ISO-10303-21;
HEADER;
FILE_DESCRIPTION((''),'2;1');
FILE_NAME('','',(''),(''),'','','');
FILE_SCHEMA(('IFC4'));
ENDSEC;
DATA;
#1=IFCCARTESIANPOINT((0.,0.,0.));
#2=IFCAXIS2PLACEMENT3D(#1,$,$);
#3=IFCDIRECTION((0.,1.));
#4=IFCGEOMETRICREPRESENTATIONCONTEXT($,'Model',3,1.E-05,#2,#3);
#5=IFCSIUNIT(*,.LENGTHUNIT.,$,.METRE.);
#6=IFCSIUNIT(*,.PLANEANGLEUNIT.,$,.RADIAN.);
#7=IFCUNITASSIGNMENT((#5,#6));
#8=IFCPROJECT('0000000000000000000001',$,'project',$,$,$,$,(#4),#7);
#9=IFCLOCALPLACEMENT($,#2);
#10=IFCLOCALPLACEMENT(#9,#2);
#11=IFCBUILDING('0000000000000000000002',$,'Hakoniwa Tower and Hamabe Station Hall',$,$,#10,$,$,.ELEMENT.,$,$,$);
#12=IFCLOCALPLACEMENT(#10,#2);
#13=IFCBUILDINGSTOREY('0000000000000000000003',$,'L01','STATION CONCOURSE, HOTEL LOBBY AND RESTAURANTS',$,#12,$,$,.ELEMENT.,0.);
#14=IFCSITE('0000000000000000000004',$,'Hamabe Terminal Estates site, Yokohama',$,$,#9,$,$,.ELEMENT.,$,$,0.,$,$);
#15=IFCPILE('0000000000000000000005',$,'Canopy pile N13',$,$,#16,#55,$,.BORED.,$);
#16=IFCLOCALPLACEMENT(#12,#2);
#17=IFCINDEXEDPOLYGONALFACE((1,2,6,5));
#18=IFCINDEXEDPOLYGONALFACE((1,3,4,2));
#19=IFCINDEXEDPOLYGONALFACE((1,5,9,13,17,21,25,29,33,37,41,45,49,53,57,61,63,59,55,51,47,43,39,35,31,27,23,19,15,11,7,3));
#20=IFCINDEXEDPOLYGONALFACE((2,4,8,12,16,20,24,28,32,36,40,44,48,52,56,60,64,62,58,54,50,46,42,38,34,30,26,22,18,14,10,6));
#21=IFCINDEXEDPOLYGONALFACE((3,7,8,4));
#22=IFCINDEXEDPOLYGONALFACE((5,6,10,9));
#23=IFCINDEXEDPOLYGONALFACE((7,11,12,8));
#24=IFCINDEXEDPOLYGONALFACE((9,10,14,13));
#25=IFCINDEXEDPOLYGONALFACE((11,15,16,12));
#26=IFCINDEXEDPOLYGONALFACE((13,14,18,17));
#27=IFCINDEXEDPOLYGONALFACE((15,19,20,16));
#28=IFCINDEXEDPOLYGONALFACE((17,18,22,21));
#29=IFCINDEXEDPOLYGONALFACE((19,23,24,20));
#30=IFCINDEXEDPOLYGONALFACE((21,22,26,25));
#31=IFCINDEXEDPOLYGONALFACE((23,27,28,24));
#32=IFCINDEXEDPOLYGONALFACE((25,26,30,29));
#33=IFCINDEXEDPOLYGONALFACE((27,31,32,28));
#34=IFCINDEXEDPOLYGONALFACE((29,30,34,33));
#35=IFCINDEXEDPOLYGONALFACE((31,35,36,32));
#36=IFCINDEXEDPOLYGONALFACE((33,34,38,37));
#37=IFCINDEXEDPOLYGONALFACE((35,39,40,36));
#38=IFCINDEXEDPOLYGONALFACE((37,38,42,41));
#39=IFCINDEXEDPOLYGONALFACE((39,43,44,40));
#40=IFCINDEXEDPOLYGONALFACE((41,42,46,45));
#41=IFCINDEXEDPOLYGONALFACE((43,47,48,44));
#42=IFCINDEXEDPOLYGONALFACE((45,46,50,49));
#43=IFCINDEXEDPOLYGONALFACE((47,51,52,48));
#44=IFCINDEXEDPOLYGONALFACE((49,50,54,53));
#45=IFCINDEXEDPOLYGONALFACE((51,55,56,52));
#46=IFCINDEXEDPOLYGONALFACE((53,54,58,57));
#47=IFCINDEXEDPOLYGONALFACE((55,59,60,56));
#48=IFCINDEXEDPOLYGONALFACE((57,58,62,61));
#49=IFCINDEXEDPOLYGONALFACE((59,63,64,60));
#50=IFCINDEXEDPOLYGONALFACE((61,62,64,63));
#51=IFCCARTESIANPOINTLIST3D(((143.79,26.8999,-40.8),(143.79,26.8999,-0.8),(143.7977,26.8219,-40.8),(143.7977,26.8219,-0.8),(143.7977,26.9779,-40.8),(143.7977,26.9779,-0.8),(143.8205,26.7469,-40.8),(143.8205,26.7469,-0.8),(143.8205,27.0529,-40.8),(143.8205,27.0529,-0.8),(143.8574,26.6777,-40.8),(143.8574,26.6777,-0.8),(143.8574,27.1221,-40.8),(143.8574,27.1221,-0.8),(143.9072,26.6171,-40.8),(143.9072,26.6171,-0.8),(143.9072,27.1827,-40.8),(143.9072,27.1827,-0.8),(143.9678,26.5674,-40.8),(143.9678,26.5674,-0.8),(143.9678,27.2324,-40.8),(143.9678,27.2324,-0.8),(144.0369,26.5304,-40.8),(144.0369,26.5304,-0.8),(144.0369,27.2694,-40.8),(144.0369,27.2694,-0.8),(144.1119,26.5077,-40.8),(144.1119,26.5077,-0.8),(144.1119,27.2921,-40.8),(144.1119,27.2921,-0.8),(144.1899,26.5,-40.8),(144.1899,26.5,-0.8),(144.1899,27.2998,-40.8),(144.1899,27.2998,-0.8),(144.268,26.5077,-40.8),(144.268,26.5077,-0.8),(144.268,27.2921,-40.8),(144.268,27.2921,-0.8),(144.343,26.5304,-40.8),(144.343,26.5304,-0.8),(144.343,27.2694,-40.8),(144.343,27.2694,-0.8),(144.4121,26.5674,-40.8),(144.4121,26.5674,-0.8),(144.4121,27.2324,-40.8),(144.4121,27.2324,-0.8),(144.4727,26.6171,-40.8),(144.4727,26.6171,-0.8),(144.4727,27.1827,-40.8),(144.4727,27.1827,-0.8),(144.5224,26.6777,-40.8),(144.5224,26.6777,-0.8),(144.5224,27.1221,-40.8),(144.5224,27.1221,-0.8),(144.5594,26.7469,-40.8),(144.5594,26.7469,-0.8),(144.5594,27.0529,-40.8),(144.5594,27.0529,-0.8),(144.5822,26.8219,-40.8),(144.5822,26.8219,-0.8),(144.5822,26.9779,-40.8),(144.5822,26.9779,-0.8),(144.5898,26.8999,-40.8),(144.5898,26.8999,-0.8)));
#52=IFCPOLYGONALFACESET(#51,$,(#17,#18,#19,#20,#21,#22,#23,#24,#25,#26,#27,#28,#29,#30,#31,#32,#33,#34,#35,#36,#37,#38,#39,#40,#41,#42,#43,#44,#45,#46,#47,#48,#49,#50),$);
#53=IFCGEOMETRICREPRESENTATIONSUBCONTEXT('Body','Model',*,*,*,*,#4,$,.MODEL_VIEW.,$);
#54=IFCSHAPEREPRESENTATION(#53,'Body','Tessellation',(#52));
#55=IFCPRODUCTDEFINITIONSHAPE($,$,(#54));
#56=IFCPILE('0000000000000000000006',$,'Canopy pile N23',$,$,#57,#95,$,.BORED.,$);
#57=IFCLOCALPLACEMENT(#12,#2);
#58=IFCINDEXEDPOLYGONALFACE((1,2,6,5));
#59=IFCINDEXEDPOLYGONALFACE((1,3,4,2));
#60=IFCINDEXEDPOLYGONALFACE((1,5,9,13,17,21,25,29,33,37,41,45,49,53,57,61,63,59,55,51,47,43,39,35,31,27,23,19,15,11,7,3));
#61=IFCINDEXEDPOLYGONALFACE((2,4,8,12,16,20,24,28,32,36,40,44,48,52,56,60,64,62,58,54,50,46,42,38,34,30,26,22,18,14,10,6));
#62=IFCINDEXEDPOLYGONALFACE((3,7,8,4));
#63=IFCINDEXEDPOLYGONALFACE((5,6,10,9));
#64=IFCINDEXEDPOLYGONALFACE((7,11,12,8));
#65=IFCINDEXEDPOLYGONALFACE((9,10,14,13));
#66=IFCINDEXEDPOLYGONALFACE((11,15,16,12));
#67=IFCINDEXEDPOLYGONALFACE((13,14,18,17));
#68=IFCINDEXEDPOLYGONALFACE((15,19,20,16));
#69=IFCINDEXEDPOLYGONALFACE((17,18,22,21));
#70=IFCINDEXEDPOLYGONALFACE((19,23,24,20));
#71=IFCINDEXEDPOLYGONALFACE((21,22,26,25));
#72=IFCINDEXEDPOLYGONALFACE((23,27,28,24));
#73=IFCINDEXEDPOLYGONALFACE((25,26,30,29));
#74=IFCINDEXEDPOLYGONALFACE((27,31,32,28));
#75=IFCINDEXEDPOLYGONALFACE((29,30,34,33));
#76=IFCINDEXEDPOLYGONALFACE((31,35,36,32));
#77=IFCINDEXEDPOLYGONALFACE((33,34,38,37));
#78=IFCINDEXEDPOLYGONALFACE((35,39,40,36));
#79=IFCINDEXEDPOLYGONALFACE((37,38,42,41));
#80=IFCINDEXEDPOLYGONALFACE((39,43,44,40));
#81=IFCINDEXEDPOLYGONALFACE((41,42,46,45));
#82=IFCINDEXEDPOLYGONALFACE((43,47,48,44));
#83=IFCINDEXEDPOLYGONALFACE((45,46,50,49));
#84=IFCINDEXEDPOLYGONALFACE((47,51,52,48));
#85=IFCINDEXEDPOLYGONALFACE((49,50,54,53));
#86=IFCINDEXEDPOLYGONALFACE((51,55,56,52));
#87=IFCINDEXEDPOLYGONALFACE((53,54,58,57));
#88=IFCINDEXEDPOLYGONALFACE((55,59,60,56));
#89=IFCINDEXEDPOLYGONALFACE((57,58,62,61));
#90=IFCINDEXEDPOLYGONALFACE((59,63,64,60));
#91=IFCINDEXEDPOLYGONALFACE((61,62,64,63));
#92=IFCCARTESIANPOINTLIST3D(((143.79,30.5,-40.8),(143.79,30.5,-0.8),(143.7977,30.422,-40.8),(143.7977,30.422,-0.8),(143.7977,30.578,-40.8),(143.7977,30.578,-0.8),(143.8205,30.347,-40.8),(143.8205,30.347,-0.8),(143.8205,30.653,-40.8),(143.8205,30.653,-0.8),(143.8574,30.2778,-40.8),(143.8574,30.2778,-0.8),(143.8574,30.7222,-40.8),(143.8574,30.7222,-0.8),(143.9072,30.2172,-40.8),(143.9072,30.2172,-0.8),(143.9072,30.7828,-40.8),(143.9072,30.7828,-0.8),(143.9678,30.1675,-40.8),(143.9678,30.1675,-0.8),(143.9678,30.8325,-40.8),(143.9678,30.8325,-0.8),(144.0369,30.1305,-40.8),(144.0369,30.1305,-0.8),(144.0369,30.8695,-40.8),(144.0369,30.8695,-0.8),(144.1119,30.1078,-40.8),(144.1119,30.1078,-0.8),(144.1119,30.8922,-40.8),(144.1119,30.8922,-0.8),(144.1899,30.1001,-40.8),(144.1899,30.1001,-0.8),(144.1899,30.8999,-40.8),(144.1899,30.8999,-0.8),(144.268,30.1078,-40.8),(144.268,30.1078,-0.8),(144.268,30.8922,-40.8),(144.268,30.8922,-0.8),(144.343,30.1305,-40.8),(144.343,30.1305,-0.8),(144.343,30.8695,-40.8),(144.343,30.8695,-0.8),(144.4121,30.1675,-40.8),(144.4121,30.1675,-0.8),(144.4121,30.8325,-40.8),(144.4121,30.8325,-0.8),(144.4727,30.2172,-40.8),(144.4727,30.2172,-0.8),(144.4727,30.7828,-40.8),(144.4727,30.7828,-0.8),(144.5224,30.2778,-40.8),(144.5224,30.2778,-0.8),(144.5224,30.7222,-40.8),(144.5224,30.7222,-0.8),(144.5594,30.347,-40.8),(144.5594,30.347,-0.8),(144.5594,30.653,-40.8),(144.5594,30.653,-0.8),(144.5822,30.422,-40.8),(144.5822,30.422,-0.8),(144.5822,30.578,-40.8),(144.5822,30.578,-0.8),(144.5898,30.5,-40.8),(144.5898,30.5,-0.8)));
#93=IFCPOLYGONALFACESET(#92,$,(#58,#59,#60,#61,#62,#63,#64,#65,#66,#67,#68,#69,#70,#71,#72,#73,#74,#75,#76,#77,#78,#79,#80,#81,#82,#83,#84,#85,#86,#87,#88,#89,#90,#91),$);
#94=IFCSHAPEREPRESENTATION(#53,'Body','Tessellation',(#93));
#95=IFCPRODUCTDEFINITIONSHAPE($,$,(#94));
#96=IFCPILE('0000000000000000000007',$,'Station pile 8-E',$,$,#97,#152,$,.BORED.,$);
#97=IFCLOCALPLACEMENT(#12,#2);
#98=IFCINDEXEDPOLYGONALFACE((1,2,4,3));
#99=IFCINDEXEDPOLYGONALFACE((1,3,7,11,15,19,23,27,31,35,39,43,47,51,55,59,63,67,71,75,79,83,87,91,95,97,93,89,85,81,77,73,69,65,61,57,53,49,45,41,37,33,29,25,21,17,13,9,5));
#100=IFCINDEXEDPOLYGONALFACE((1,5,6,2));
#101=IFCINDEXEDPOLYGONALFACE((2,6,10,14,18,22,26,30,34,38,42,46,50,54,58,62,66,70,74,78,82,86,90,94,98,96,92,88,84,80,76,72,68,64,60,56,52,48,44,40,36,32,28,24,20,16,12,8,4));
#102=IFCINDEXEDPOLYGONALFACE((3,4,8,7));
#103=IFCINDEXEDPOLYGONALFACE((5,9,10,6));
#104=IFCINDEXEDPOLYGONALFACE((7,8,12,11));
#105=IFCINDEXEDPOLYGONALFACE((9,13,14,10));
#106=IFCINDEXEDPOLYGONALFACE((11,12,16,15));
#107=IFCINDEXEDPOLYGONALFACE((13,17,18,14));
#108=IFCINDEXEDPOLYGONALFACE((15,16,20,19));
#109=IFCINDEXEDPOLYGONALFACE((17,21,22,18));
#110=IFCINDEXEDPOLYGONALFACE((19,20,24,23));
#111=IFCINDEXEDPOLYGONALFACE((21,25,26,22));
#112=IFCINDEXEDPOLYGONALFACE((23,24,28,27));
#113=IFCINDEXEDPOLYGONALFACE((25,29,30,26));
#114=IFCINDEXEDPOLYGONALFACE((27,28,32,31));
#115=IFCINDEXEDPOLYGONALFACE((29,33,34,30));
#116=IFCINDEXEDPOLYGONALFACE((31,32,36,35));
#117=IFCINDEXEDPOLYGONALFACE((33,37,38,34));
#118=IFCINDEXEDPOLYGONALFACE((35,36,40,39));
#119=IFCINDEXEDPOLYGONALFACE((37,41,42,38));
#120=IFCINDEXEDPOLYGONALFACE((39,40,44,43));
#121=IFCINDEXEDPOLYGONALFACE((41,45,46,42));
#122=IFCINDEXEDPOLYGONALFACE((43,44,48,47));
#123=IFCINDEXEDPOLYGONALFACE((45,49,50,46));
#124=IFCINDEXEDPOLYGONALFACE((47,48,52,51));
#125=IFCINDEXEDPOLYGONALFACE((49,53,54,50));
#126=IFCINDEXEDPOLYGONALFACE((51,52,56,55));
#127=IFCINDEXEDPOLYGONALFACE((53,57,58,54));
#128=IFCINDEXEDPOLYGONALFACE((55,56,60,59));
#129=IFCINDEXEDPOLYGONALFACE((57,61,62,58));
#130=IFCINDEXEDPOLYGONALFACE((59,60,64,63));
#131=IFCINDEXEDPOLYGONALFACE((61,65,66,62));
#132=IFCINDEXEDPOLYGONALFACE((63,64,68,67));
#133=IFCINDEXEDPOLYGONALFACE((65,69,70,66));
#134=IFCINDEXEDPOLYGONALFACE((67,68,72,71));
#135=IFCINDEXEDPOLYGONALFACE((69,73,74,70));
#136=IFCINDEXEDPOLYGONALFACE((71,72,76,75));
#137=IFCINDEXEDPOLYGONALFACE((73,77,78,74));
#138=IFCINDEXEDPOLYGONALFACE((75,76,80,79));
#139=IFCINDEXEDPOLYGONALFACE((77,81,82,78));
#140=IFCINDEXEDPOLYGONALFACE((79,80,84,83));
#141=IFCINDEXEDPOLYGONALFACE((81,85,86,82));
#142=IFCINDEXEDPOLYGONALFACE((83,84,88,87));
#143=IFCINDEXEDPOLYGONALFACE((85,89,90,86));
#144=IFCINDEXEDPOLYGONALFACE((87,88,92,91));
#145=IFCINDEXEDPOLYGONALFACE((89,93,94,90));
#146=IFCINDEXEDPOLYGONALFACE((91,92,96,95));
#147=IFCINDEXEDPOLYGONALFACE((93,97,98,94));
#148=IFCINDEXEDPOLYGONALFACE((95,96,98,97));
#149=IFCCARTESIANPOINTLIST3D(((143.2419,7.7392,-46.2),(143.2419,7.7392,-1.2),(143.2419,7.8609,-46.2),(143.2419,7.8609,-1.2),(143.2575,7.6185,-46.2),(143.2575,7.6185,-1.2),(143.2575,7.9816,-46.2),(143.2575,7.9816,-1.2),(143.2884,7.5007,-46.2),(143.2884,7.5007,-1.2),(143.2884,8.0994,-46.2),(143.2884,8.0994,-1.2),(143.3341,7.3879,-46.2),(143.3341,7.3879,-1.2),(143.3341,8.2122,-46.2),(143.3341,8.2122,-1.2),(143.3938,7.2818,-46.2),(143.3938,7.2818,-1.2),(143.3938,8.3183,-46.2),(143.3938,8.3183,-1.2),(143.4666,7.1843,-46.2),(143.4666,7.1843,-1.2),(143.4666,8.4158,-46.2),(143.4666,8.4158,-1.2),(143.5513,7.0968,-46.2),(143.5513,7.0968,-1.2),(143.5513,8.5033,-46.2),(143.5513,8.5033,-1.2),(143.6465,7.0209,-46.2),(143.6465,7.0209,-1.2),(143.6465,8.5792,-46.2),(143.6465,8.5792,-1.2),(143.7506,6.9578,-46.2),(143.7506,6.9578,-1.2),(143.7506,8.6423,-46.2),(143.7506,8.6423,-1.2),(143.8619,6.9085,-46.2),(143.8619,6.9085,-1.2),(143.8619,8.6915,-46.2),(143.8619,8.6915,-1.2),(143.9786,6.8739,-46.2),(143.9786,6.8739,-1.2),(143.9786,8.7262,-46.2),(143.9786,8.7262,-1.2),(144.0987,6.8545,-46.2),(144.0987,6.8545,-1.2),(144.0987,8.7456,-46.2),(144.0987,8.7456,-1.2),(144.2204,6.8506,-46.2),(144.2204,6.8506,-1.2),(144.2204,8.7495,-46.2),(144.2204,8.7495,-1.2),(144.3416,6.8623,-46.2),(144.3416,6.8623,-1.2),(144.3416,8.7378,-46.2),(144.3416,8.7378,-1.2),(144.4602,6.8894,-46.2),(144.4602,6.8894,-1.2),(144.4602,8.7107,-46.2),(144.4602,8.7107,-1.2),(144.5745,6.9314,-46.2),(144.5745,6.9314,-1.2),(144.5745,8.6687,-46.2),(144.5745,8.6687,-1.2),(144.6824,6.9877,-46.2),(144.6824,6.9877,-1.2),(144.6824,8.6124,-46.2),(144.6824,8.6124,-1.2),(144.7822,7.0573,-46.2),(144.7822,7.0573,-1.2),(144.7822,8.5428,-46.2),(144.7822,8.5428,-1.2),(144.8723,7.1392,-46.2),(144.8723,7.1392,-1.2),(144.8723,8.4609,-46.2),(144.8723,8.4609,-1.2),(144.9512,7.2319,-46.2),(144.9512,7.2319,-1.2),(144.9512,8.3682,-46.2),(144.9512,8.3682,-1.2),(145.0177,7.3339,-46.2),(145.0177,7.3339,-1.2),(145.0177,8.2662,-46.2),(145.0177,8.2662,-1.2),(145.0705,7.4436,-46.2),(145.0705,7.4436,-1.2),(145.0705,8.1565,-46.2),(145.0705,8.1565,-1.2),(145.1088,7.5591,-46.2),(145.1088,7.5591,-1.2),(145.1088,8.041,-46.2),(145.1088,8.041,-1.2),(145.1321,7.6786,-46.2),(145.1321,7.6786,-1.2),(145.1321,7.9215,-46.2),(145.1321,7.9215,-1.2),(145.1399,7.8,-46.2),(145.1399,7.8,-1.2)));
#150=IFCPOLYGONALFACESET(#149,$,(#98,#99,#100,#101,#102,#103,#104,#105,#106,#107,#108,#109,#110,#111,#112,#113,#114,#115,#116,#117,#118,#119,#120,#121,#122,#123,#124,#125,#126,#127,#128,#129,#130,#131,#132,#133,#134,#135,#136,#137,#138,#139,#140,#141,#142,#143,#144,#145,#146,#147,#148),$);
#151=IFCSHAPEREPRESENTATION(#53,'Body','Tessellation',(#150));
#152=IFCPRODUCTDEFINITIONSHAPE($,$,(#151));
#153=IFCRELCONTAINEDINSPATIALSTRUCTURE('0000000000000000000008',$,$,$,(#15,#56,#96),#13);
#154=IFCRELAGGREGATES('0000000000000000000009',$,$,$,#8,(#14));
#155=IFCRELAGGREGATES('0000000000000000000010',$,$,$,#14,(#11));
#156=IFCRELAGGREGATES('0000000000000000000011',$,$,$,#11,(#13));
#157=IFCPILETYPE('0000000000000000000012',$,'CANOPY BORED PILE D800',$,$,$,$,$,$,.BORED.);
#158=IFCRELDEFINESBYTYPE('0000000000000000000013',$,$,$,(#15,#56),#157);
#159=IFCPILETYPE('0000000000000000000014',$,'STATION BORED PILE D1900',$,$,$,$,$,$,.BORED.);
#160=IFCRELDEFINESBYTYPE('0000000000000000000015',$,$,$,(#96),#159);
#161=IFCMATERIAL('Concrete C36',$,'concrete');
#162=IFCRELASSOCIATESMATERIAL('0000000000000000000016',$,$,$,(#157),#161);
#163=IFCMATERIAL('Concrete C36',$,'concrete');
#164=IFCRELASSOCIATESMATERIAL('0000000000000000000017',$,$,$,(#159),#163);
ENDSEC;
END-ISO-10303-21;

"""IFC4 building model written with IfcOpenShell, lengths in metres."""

from ifc_helpers import new_model, si_unit, direction, frame, origin, origin_2d, place, context, subcontext, project, spatial, circle, extrude, material, material_profile, profile_set, type_object, element, save


model = new_model("IFC4")

# Units and contexts
model_context = context("Model", 3, precision=1e-05, world=origin(), true_north=direction((0.0, 1.0)))
body_context = subcontext(model_context, "Body", "Model", "MODEL_VIEW")
ifc_project = project(units=[si_unit("LENGTHUNIT", "METRE"), si_unit("PLANEANGLEUNIT", "RADIAN")], contexts=[model_context])

# Site, building, storey
site_placement = place(None, origin())
site = spatial("IfcSite", under=ifc_project, at=site_placement, Name="Hamabe Terminal Estates site, Yokohama", CompositionType="ELEMENT", RefElevation=0.0)
building_placement = place(site_placement, origin())
building = spatial("IfcBuilding", under=site, at=building_placement, Name="Hakoniwa Tower and Hamabe Station Hall", CompositionType="ELEMENT")
storey_placement = place(building_placement, origin())
storey = spatial("IfcBuildingStorey", under=building, at=storey_placement, Name="L01", Description="STATION CONCOURSE, HOTEL LOBBY AND RESTAURANTS", CompositionType="ELEMENT", Elevation=0.0)

# Piles
ifc_material_1 = material(Name="Concrete C36", Category="concrete")
ifc_material_profile_1 = material_profile(ifc_material_1, circle(Radius=0.3999, at=origin_2d()), Name="CANOPY BORED PILE D800")
ifc_profile_set_1 = profile_set([ifc_material_profile_1], Name="Concrete C36")
pile_type_1 = type_object("IfcPileType", Name="CANOPY BORED PILE D800", PredefinedType="BORED", material=ifc_profile_set_1)
for number, where, z_axis, x_axis, name in (
    (1, (144.1899, 26.8999, -0.8), (0.0, 0.0, -1.0), (1.0, 0.0, 0.0), "Canopy pile N13"),
    (2, (144.1899, 30.5, -0.8), (0.0, 0.0, -1.0), (1.0, 0.0, 0.0), "Canopy pile N23"),
):
    element("IfcPile", number, at=place(storey_placement, frame(where, z_axis=z_axis, x_axis=x_axis)), inside=storey, type_object=pile_type_1, Name=name, PredefinedType="BORED", context=body_context, shape_type="SweptSolid", body=[
        extrude(circle(Radius=0.3999, at=origin_2d()), origin(), (0.0, 0.0, 1.0), 40.0),
    ])
ifc_material_2 = material(Name="Concrete C36", Category="concrete")
ifc_material_profile_2 = material_profile(ifc_material_2, circle(Radius=0.95, at=origin_2d()), Name="STATION BORED PILE D1900")
ifc_profile_set_2 = profile_set([ifc_material_profile_2], Name="Concrete C36")
pile_type_2 = type_object("IfcPileType", Name="STATION BORED PILE D1900", PredefinedType="BORED", material=ifc_profile_set_2)
for number, where, z_axis, x_axis, name in (
    (3, (144.1899, 7.8, -1.2), (0.0, 0.0, -1.0), (1.0, 0.0, 0.0), "Station pile 8-E"),
):
    element("IfcPile", number, at=place(storey_placement, frame(where, z_axis=z_axis, x_axis=x_axis)), inside=storey, type_object=pile_type_2, Name=name, PredefinedType="BORED", context=body_context, shape_type="SweptSolid", body=[
        extrude(circle(Radius=0.95, at=origin_2d()), origin(), (0.0, 0.0, 1.0), 45.0),
    ])

save(model, "model.ifc")
